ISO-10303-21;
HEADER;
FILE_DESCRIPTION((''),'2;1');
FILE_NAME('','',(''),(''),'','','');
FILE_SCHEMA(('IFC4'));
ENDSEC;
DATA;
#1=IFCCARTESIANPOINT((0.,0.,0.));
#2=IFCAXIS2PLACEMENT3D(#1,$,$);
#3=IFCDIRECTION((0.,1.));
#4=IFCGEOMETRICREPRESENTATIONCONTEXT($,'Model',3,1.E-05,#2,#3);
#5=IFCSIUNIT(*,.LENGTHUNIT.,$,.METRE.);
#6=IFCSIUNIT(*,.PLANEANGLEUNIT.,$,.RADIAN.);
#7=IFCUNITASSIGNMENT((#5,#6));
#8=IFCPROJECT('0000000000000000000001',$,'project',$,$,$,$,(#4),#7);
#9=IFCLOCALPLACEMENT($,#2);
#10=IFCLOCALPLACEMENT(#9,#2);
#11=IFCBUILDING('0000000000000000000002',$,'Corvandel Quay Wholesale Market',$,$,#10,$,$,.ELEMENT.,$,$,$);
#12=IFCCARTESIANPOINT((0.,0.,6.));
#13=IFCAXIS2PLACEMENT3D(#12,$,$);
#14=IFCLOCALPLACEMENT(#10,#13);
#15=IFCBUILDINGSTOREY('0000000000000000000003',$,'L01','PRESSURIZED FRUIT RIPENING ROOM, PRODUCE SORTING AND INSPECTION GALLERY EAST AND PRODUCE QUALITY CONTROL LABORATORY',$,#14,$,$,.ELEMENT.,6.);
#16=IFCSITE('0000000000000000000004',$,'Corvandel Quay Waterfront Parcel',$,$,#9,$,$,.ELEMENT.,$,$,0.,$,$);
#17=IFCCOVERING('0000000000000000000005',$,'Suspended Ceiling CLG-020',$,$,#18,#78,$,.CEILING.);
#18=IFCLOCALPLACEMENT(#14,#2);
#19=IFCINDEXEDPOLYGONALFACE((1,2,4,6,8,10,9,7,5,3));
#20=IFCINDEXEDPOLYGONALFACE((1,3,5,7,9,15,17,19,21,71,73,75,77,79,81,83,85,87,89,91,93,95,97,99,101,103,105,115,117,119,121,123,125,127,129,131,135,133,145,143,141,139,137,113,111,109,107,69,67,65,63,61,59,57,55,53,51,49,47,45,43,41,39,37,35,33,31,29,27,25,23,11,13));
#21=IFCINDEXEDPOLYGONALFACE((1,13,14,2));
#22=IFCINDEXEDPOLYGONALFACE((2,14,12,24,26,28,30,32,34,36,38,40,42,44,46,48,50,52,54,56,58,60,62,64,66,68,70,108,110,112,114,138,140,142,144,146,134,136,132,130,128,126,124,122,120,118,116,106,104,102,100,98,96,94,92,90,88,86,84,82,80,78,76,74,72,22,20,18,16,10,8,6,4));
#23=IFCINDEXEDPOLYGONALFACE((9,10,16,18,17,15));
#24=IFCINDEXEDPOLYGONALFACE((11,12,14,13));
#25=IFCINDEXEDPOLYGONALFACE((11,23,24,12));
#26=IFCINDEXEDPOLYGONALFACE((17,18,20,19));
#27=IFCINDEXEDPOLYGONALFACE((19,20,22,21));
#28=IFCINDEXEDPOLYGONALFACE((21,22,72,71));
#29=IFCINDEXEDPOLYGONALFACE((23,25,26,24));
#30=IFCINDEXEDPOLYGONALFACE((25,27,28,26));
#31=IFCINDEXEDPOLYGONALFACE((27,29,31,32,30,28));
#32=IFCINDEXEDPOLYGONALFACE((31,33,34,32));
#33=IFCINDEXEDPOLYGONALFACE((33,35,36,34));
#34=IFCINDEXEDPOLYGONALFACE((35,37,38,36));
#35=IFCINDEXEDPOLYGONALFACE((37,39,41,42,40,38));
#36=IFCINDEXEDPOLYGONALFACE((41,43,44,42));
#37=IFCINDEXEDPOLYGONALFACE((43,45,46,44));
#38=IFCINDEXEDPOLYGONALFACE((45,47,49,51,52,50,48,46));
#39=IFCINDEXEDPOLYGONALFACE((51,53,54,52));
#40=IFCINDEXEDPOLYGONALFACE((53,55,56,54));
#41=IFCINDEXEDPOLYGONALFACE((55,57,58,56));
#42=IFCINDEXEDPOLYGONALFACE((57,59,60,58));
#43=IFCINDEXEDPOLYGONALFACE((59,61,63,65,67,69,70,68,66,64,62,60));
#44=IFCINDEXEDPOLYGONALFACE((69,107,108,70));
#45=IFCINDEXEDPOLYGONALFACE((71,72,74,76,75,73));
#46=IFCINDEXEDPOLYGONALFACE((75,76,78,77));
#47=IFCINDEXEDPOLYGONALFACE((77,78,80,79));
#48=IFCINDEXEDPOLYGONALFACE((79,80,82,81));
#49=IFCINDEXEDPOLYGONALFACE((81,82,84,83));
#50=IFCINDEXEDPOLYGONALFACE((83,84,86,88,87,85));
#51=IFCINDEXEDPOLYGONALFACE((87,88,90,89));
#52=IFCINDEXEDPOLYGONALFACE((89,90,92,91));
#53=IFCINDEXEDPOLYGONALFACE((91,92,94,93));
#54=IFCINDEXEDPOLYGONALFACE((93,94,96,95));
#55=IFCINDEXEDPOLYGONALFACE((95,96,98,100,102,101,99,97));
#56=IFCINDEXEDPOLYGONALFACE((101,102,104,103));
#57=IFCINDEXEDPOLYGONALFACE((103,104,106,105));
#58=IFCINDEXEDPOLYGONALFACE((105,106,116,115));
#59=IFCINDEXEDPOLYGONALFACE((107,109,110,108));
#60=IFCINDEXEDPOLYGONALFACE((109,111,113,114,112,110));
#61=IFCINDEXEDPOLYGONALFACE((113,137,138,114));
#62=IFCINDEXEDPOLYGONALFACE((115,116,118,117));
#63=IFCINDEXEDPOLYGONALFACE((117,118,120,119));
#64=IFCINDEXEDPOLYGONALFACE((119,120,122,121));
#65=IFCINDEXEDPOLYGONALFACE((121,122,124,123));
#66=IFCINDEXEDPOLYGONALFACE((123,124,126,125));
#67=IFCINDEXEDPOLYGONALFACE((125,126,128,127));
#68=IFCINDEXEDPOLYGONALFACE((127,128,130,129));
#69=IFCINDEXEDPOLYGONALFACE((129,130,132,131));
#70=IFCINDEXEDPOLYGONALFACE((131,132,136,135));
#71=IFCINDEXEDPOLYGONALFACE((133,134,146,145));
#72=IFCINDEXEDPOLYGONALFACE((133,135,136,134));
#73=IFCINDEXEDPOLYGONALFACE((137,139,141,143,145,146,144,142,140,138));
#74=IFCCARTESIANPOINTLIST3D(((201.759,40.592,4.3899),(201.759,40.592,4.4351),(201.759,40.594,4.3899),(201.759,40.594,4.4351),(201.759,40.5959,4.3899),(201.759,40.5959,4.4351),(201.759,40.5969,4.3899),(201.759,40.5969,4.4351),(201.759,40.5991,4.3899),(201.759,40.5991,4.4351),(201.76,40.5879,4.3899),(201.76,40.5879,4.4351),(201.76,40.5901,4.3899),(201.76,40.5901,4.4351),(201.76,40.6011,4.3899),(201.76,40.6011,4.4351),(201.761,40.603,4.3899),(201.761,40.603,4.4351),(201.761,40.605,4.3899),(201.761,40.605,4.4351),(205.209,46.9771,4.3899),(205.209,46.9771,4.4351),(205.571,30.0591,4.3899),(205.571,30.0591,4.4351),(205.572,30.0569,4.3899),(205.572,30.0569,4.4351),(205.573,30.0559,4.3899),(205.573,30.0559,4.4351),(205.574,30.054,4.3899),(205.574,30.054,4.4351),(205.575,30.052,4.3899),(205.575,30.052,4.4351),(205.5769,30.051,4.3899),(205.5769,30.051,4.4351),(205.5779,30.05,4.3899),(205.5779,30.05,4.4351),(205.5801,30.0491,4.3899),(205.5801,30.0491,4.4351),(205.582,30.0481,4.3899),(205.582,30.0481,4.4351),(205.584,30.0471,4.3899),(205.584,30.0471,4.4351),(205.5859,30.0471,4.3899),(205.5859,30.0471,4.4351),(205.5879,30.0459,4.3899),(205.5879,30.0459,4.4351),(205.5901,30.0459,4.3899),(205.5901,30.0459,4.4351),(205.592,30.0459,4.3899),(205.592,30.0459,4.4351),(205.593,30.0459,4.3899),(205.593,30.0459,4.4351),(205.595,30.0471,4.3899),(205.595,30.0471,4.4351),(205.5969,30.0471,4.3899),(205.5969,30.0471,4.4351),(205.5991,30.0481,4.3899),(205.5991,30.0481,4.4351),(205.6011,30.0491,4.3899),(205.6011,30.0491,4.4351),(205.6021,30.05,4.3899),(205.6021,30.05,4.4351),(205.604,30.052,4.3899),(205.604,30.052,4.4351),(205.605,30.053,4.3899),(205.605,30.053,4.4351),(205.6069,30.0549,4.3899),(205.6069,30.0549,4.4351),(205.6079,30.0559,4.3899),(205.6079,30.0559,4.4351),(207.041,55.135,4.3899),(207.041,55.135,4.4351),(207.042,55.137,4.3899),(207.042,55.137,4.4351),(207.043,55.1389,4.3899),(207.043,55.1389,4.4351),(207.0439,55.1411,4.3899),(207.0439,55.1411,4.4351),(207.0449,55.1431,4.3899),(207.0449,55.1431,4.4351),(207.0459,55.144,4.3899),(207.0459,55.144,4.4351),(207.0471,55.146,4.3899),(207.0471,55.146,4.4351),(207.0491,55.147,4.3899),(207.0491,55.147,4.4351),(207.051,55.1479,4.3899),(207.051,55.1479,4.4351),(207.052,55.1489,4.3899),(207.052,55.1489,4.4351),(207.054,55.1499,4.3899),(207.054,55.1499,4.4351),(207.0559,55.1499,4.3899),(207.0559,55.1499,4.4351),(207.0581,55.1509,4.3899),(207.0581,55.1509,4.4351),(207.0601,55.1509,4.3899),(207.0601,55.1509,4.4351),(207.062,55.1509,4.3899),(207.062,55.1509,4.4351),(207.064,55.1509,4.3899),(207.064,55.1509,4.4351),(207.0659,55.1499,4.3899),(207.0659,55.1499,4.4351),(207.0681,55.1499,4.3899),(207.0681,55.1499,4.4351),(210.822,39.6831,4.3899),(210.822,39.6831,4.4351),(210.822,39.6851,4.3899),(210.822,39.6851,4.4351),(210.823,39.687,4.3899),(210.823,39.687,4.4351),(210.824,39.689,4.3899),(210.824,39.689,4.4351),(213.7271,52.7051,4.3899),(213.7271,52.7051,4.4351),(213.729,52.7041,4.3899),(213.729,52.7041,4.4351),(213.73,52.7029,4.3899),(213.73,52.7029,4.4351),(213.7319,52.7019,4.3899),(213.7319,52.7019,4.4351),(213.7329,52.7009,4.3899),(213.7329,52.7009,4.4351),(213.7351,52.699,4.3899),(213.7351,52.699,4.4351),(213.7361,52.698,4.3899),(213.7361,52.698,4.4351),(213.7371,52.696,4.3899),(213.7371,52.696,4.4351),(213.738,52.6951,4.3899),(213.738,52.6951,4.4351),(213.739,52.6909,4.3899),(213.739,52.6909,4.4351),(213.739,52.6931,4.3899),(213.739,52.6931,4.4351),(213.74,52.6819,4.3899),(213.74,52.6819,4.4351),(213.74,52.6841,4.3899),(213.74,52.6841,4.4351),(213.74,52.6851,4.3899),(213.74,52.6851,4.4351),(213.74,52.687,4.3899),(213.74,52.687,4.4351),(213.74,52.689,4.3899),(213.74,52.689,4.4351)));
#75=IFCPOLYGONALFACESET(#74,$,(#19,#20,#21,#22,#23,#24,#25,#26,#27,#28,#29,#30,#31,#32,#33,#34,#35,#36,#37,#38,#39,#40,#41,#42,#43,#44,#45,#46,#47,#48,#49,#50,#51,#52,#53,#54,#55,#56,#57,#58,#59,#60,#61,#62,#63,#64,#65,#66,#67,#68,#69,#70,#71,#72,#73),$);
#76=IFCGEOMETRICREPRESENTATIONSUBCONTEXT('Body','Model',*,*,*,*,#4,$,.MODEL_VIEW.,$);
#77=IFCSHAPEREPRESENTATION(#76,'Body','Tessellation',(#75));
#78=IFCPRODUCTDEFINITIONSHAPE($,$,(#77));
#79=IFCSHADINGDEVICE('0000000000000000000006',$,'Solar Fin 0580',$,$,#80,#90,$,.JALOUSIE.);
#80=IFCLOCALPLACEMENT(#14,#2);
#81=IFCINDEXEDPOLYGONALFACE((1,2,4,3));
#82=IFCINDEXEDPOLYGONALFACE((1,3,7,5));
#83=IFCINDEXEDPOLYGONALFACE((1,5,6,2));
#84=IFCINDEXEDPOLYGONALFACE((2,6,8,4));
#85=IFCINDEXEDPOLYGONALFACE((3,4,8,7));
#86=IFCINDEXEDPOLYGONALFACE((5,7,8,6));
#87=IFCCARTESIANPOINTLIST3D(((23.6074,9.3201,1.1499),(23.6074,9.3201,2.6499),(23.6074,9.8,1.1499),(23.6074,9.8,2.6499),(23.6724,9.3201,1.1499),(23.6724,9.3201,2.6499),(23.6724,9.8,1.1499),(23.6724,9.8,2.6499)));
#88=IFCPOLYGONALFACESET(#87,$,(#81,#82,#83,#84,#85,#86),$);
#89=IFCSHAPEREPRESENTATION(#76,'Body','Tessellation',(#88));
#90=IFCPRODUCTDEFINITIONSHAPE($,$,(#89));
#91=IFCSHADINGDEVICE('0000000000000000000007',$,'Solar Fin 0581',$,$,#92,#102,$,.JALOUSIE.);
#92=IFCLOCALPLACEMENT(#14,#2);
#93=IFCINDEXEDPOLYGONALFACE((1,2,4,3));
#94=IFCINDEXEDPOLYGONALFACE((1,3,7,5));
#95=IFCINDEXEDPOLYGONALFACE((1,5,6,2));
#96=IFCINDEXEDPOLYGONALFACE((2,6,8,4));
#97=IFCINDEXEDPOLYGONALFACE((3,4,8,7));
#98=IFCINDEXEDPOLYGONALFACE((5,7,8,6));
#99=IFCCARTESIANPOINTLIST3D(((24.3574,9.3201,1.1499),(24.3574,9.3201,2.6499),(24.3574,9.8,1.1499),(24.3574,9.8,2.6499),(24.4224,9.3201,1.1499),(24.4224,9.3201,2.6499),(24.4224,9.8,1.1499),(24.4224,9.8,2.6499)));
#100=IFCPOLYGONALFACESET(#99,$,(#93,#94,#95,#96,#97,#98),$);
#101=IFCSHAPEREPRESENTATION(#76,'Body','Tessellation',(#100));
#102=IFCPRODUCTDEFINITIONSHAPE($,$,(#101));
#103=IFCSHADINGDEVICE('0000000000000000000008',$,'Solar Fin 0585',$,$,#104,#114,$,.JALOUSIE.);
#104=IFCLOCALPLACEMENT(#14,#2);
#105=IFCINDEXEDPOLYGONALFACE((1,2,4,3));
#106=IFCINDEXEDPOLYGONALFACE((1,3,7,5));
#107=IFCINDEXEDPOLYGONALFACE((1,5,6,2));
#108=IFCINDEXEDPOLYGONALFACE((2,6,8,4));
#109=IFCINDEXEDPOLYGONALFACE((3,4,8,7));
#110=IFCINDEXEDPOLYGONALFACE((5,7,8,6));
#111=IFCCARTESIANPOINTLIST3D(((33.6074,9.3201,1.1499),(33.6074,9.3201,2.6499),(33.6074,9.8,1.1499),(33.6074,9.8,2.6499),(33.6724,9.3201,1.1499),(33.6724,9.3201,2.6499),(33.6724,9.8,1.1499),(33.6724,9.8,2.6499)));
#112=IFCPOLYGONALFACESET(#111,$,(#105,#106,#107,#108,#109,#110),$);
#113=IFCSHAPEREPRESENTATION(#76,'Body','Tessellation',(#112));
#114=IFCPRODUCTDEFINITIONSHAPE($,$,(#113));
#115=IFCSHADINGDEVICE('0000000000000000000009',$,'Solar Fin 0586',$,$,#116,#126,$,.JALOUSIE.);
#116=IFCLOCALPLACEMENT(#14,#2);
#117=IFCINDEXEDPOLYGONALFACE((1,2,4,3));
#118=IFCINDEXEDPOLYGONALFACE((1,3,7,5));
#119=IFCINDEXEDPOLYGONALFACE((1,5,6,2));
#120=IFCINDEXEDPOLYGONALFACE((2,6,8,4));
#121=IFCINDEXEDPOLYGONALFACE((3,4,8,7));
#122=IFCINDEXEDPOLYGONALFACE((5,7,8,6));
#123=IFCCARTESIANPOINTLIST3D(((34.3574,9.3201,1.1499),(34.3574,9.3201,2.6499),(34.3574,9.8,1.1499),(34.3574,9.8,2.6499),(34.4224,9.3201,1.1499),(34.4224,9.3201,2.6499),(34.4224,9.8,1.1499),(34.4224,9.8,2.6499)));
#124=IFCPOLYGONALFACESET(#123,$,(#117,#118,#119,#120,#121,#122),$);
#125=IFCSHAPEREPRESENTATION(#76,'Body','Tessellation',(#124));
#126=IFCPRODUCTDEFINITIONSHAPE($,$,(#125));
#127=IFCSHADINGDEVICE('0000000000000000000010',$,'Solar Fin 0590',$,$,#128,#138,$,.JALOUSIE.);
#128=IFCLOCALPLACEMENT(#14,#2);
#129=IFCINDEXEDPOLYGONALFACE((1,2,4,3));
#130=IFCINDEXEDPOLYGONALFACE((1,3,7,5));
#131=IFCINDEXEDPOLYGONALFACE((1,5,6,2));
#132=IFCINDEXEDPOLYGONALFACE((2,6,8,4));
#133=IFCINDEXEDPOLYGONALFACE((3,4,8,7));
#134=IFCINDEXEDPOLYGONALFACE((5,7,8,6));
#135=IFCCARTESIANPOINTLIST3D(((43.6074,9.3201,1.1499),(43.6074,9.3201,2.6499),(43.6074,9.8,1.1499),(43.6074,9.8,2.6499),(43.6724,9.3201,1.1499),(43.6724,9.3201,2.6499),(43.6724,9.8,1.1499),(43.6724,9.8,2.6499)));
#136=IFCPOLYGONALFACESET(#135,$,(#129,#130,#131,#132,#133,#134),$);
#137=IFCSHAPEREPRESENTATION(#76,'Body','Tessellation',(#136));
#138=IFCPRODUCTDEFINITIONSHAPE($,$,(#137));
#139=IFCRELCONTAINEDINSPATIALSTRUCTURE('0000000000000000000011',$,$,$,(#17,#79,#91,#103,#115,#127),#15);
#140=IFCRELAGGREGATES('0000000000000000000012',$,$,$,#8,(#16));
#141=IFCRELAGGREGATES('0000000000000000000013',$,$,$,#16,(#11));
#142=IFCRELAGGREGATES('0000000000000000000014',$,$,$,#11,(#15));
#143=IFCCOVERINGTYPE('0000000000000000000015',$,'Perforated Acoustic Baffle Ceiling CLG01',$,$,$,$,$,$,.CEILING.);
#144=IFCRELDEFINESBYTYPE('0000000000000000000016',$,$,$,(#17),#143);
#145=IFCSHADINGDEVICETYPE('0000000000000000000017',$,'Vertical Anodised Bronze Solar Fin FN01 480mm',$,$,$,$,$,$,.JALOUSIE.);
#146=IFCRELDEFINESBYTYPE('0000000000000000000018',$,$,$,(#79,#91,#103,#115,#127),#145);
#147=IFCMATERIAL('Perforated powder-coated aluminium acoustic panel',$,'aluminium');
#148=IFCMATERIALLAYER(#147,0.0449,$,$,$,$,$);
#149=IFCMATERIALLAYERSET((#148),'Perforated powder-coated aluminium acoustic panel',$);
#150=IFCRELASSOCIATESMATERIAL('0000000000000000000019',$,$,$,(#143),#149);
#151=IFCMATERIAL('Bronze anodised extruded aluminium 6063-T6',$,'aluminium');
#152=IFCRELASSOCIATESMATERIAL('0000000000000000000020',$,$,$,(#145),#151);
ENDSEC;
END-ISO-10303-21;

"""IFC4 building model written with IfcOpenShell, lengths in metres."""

from ifc_helpers import new_model, si_unit, direction, frame, origin, origin_2d, place, context, subcontext, project, spatial, polyline, rectangle, outline, extrude, material, layer, layer_set, type_object, element, save


model = new_model("IFC4")

# Units and contexts
model_context = context("Model", 3, precision=1e-05, world=origin(), true_north=direction((0.0, 1.0)))
body_context = subcontext(model_context, "Body", "Model", "MODEL_VIEW")
ifc_project = project(units=[si_unit("LENGTHUNIT", "METRE"), si_unit("PLANEANGLEUNIT", "RADIAN")], contexts=[model_context])

# Site, building, storey
site_placement = place(None, origin())
site = spatial("IfcSite", under=ifc_project, at=site_placement, Name="Corvandel Quay Waterfront Parcel", CompositionType="ELEMENT", RefElevation=0.0)
building_placement = place(site_placement, origin())
building = spatial("IfcBuilding", under=site, at=building_placement, Name="Corvandel Quay Wholesale Market", CompositionType="ELEMENT")
storey_placement = place(building_placement, frame((0.0, 0.0, 6.0)))
storey = spatial("IfcBuildingStorey", under=building, at=storey_placement, Name="L01", Description="PRESSURIZED FRUIT RIPENING ROOM, PRODUCE SORTING AND INSPECTION GALLERY EAST AND PRODUCE QUALITY CONTROL LABORATORY", CompositionType="ELEMENT", Elevation=6.0)

# Covering
ifc_material_1 = material(Name="Perforated powder-coated aluminium acoustic panel", Category="aluminium")
ifc_layer_1 = layer(ifc_material_1, 0.0449)
ifc_layer_set_1 = layer_set([ifc_layer_1], Name="Perforated powder-coated aluminium acoustic panel")
covering_type_1 = type_object("IfcCoveringType", Name="Perforated Acoustic Baffle Ceiling CLG01", PredefinedType="CEILING", material=ifc_layer_set_1)
covering_1_placement = place(storey_placement, frame((0.0, 0.0, 4.3899)))
element("IfcCovering", 1, at=covering_1_placement, inside=storey, type_object=covering_type_1, Name="Suspended Ceiling CLG-020", PredefinedType="CEILING", context=body_context, shape_type="SweptSolid", body=[
    extrude(outline(polyline([(201.76, 40.5901), (201.759, 40.592), (201.759, 40.594), (201.759, 40.5959), (201.759, 40.5969), (201.759, 40.5991), (201.76, 40.6011), (201.761, 40.603), (201.761, 40.605), (205.209, 46.9771), (207.041, 55.135), (207.042, 55.137), (207.043, 55.1389), (207.0439, 55.1411), (207.0449, 55.1431), (207.0459, 55.144), (207.0471, 55.146), (207.0491, 55.147), (207.051, 55.1479), (207.052, 55.1489), (207.054, 55.1499), (207.0559, 55.1499), (207.0581, 55.1509), (207.0601, 55.1509), (207.062, 55.1509), (207.064, 55.1509), (207.0659, 55.1499), (207.0681, 55.1499), (213.7271, 52.7051), (213.729, 52.7041), (213.73, 52.7029), (213.7319, 52.7019), (213.7329, 52.7009), (213.7351, 52.699), (213.7361, 52.698), (213.7371, 52.696), (213.738, 52.6951), (213.739, 52.6931), (213.739, 52.6909), (213.74, 52.689), (213.74, 52.687), (213.74, 52.6851), (213.74, 52.6841), (213.74, 52.6819), (210.824, 39.689), (210.823, 39.687), (210.822, 39.6851), (210.822, 39.6831), (205.6079, 30.0559), (205.6069, 30.0549), (205.605, 30.053), (205.604, 30.052), (205.6021, 30.05), (205.6011, 30.0491), (205.5991, 30.0481), (205.5969, 30.0471), (205.595, 30.0471), (205.593, 30.0459), (205.592, 30.0459), (205.5901, 30.0459), (205.5879, 30.0459), (205.5859, 30.0471), (205.584, 30.0471), (205.582, 30.0481), (205.5801, 30.0491), (205.5779, 30.05), (205.5769, 30.051), (205.575, 30.052), (205.574, 30.054), (205.573, 30.0559), (205.572, 30.0569), (205.571, 30.0591), (201.76, 40.5879), (201.76, 40.5901)])), origin(), (0.0, 0.0, 1.0), 0.0452),
])

# Shading devices
ifc_material_2 = material(Name="Bronze anodised extruded aluminium 6063-T6", Category="aluminium")
shading_device_type = type_object("IfcShadingDeviceType", Name="Vertical Anodised Bronze Solar Fin FN01 480mm", PredefinedType="JALOUSIE", material=ifc_material_2)
for number, where, z_axis, x_axis, name in (
    (2, (23.6399, 9.5601, 1.1499), (0.0, 0.0, 1.0), (0.0, 1.0, 0.0), "Solar Fin 0580"),
    (3, (24.3899, 9.5601, 1.1499), (0.0, 0.0, 1.0), (0.0, 1.0, 0.0), "Solar Fin 0581"),
    (4, (33.6399, 9.5601, 1.1499), (0.0, 0.0, 1.0), (0.0, 1.0, 0.0), "Solar Fin 0585"),
    (5, (34.3899, 9.5601, 1.1499), (0.0, 0.0, 1.0), (0.0, 1.0, 0.0), "Solar Fin 0586"),
    (6, (43.6399, 9.5601, 1.1499), (0.0, 0.0, 1.0), (0.0, 1.0, 0.0), "Solar Fin 0590"),
):
    element("IfcShadingDevice", number, at=place(storey_placement, frame(where, z_axis=z_axis, x_axis=x_axis)), inside=storey, type_object=shading_device_type, Name=name, PredefinedType="JALOUSIE", context=body_context, shape_type="SweptSolid", body=[
        extrude(rectangle(XDim=0.48, YDim=0.0649, at=origin_2d()), origin(), (0.0, 0.0, 1.0), 1.5),
    ])

save(model, "model.ifc")
